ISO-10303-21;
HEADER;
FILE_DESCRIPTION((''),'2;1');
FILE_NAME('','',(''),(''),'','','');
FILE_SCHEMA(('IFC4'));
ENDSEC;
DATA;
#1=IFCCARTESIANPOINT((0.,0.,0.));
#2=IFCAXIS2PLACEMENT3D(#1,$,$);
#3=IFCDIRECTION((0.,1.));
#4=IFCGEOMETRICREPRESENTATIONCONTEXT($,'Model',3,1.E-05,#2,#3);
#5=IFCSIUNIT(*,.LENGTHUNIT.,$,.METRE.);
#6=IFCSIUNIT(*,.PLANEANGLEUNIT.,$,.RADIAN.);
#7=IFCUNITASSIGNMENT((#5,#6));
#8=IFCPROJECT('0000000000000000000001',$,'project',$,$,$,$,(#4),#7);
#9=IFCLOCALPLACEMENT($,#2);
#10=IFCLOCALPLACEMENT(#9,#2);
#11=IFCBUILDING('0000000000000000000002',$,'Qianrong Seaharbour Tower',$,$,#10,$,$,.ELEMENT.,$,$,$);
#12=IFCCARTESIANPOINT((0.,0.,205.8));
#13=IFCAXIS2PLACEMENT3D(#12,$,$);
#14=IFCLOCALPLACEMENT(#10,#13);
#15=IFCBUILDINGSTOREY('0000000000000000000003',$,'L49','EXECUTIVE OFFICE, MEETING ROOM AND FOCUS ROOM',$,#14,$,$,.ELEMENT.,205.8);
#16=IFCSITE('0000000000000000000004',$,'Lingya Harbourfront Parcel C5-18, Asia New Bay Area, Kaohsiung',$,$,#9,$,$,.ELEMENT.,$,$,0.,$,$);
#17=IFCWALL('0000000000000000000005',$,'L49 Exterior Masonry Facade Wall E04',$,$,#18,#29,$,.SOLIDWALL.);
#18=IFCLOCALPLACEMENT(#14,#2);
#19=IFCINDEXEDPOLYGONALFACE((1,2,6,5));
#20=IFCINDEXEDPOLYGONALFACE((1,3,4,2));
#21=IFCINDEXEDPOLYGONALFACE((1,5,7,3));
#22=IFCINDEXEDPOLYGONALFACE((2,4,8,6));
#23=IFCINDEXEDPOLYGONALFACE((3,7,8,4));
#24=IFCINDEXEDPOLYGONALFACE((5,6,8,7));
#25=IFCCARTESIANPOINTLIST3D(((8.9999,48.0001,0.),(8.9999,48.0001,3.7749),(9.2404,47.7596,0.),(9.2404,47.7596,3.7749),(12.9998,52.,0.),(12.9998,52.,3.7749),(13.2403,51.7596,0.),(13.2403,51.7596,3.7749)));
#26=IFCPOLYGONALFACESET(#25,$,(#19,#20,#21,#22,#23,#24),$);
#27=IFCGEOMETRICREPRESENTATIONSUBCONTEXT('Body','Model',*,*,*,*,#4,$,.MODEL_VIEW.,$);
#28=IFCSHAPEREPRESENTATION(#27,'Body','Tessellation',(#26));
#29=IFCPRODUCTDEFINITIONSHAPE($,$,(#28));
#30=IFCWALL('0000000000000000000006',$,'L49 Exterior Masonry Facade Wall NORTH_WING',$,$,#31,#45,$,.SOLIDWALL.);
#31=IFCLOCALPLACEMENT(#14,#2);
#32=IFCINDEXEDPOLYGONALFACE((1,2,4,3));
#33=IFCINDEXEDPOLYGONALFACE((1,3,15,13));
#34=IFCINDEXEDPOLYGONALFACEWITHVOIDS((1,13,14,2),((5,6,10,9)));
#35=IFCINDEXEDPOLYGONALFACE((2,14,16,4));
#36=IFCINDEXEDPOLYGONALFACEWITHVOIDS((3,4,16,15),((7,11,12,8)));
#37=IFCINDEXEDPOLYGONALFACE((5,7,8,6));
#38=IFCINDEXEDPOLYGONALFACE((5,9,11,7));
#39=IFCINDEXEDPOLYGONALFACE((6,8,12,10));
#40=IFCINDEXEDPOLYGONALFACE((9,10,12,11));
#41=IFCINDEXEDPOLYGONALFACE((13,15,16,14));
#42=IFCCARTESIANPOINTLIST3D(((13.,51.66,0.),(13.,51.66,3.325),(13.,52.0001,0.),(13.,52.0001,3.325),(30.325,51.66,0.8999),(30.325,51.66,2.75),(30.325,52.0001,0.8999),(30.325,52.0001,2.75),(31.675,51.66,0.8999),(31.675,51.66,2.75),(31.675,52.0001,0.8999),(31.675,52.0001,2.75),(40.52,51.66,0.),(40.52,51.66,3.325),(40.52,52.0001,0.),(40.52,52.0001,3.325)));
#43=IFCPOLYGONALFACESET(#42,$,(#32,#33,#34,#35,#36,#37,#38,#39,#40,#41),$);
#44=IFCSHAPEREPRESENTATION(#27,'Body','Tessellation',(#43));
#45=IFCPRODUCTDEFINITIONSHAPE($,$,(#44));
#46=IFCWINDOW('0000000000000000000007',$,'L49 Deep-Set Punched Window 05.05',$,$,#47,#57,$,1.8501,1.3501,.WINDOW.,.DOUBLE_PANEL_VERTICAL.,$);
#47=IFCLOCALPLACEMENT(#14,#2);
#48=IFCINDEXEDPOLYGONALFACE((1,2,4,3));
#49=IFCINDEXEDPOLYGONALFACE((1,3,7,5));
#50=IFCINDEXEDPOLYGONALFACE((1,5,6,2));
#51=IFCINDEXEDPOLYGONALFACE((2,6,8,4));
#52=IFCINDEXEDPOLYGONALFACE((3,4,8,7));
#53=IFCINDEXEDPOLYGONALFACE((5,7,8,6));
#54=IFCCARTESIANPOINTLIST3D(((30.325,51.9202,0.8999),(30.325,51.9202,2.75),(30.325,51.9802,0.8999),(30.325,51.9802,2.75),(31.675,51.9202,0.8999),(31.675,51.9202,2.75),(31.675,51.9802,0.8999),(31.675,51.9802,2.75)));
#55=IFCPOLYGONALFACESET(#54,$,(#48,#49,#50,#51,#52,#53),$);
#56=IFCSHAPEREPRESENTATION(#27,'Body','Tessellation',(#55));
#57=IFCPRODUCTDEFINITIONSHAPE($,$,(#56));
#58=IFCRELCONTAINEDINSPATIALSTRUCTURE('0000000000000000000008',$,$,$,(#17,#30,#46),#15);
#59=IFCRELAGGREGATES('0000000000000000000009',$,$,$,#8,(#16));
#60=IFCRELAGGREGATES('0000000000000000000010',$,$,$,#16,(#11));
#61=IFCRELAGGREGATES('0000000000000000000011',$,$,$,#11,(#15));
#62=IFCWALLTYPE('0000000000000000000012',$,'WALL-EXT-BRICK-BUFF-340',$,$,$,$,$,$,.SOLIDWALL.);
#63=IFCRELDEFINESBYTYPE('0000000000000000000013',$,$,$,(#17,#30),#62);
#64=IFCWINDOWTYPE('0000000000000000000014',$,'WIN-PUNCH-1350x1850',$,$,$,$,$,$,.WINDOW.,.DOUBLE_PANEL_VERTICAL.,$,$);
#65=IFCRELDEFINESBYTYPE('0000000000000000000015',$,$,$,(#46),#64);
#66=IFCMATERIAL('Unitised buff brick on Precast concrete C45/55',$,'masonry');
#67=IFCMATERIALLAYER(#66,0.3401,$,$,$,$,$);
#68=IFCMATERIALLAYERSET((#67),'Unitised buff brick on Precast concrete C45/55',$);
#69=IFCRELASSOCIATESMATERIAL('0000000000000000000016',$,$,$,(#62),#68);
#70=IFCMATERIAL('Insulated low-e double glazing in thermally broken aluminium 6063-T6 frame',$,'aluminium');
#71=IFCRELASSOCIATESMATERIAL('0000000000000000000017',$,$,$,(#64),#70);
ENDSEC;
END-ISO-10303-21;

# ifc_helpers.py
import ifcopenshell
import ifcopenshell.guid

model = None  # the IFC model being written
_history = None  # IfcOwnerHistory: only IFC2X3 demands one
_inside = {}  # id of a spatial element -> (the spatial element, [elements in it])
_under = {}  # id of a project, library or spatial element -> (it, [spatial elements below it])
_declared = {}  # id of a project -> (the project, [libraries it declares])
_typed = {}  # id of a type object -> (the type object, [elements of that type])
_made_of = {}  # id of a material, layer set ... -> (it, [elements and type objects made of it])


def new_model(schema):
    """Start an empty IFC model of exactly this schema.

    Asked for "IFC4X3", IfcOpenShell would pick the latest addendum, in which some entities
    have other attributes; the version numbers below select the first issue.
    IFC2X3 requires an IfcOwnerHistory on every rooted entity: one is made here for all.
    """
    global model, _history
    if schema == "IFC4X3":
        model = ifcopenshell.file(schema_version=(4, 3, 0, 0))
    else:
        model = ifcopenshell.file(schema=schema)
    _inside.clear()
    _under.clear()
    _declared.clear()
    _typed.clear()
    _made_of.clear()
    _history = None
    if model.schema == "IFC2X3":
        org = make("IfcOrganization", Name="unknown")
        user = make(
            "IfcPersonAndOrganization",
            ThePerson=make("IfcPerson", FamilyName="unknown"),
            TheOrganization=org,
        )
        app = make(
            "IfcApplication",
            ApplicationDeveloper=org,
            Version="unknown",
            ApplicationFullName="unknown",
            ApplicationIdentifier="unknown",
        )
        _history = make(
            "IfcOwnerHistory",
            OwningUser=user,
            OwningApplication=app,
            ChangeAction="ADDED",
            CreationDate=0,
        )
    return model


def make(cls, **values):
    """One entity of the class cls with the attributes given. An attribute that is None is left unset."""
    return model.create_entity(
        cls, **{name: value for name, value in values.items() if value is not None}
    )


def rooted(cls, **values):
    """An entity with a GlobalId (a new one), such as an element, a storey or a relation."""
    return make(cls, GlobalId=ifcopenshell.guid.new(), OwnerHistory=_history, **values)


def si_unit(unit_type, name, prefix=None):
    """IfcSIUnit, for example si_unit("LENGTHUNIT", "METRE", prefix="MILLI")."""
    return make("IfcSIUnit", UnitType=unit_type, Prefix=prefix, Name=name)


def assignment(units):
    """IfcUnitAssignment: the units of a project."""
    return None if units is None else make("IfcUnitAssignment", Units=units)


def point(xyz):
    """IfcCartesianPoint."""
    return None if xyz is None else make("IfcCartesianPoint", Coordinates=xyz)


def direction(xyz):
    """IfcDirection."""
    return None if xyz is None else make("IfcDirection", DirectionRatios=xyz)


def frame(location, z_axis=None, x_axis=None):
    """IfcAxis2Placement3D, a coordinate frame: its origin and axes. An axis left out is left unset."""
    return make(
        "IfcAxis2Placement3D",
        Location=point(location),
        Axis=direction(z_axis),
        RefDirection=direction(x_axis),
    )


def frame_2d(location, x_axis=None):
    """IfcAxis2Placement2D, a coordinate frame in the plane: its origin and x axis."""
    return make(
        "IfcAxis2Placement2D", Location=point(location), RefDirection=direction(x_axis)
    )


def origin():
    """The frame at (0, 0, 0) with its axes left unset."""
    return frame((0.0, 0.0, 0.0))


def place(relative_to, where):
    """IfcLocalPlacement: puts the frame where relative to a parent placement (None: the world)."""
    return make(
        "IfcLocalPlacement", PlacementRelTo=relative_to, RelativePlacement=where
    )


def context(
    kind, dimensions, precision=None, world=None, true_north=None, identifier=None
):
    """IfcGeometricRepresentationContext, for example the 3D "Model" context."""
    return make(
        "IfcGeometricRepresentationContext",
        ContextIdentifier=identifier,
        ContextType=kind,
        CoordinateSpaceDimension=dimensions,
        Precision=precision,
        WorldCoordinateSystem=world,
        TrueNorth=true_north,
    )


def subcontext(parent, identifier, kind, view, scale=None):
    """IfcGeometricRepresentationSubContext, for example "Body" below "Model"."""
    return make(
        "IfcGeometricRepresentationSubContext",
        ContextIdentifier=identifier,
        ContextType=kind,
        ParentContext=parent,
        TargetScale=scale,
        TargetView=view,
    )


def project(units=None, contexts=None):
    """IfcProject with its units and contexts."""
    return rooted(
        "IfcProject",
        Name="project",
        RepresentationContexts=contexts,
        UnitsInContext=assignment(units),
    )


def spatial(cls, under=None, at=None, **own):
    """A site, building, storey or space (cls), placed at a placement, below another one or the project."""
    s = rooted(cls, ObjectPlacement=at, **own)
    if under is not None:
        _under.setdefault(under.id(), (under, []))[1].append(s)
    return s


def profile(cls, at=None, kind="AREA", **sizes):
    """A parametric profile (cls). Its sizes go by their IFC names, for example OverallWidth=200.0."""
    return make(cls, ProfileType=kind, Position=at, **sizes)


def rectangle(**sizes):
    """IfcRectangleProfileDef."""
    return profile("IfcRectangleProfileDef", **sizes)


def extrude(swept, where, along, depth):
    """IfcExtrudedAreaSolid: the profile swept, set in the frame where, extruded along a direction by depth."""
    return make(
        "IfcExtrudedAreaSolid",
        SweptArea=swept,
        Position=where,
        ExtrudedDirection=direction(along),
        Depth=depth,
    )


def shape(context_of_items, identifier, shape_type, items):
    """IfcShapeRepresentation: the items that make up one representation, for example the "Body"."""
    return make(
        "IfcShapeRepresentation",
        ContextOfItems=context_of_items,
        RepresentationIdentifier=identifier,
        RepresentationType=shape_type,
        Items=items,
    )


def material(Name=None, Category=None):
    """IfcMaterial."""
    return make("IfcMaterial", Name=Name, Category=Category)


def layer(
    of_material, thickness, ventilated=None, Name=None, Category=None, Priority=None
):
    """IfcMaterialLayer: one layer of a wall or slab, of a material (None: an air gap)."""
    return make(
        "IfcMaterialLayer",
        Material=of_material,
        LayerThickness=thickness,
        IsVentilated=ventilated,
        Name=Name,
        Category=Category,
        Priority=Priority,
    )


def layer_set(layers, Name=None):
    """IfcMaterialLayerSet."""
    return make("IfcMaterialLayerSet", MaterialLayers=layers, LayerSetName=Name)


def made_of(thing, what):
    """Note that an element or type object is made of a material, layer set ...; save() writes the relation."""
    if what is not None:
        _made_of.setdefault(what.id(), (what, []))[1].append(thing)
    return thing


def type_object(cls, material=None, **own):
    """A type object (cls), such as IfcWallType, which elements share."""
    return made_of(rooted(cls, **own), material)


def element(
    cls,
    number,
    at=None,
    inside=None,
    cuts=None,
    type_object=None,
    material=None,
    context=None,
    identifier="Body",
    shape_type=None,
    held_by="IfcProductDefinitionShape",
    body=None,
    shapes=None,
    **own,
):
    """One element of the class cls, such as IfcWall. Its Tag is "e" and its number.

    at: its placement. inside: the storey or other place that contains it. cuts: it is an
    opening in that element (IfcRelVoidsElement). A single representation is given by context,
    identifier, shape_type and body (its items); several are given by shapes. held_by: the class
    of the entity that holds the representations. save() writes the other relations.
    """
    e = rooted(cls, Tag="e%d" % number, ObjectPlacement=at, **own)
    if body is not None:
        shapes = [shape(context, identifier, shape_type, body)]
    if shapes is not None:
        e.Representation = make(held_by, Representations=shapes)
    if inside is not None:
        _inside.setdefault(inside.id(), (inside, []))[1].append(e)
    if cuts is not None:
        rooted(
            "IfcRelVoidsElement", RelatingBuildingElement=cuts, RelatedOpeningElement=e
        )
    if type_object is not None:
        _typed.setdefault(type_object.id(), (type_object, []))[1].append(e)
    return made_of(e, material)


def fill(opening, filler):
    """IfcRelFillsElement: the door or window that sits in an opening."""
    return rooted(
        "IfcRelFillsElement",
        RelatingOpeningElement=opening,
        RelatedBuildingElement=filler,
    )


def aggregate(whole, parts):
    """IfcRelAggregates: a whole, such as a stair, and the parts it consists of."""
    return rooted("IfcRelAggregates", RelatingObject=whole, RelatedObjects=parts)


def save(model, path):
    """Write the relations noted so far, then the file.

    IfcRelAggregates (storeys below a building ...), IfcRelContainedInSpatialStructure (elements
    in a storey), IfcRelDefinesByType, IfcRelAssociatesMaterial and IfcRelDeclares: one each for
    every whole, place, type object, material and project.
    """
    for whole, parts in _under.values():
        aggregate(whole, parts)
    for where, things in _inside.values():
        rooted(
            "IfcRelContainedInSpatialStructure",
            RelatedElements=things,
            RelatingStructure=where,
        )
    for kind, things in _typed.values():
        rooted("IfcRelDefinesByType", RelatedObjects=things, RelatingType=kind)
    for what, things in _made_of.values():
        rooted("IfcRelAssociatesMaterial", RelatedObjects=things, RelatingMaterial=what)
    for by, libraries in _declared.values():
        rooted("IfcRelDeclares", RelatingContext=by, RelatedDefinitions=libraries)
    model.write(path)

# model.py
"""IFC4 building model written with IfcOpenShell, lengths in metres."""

from ifc_helpers import new_model, si_unit, direction, frame, frame_2d, origin, place, context, subcontext, project, spatial, rectangle, extrude, material, layer, layer_set, type_object, element, fill, save


model = new_model("IFC4")

# Units and contexts
model_context = context("Model", 3, precision=1e-05, world=origin(), true_north=direction((0.0, 1.0)))
body_context = subcontext(model_context, "Body", "Model", "MODEL_VIEW")
ifc_project = project(units=[si_unit("LENGTHUNIT", "METRE"), si_unit("PLANEANGLEUNIT", "RADIAN")], contexts=[model_context])

# Site, building, storey
site_placement = place(None, origin())
site = spatial("IfcSite", under=ifc_project, at=site_placement, Name="Lingya Harbourfront Parcel C5-18, Asia New Bay Area, Kaohsiung", CompositionType="ELEMENT", RefElevation=0.0)
building_placement = place(site_placement, origin())
building = spatial("IfcBuilding", under=site, at=building_placement, Name="Qianrong Seaharbour Tower", CompositionType="ELEMENT")
storey_placement = place(building_placement, frame((0.0, 0.0, 205.8)))
storey = spatial("IfcBuildingStorey", under=building, at=storey_placement, Name="L49", Description="EXECUTIVE OFFICE, MEETING ROOM AND FOCUS ROOM", CompositionType="ELEMENT", Elevation=205.8)

# Wall
ifc_material_1 = material(Name="Unitised buff brick on Precast concrete C45/55", Category="masonry")
ifc_layer_1 = layer(ifc_material_1, 0.3401)
ifc_layer_set_1 = layer_set([ifc_layer_1], Name="Unitised buff brick on Precast concrete C45/55")
wall_type_1 = type_object("IfcWallType", Name="WALL-EXT-BRICK-BUFF-340", PredefinedType="SOLIDWALL", material=ifc_layer_set_1)
wall_1_placement = place(storey_placement, frame((9.1201, 47.8799, 0.0), z_axis=(0.0, 0.0, 1.0), x_axis=(0.707107, 0.707107, 0.0)))
element("IfcWall", 1, at=wall_1_placement, inside=storey, type_object=wall_type_1, Name="L49 Exterior Masonry Facade Wall E04", PredefinedType="SOLIDWALL", context=body_context, shape_type="SweptSolid", body=[
    extrude(rectangle(XDim=5.6567, YDim=0.3401, at=frame_2d((2.8284, 0.0))), origin(), (0.0, 0.0, 1.0), 3.7749),
])

# Wall, opening, window
wall_2_placement = place(storey_placement, frame((13.0, 51.8301, 0.0), z_axis=(0.0, 0.0, 1.0), x_axis=(1.0, 0.0, 0.0)))
wall_2 = element("IfcWall", 2, at=wall_2_placement, inside=storey, type_object=wall_type_1, Name="L49 Exterior Masonry Facade Wall NORTH_WING", PredefinedType="SOLIDWALL", context=body_context, shape_type="SweptSolid", body=[
    extrude(rectangle(XDim=27.52, YDim=0.3401, at=frame_2d((13.76, 0.0))), origin(), (0.0, 0.0, 1.0), 3.325),
])
opening_1_placement = place(wall_2_placement, frame((17.325, 0.0, 0.8999)))
opening_1 = element("IfcOpeningElement", 3, at=opening_1_placement, cuts=wall_2, PredefinedType="OPENING", context=body_context, shape_type="SweptSolid", body=[
    extrude(rectangle(XDim=1.3501, YDim=1.8501, at=frame_2d((0.675, 0.925))), frame((0.0, 0.1802, 0.0), z_axis=(0.0, -1.0, 0.0), x_axis=(1.0, 0.0, 0.0)), (0.0, 0.0, 1.0), 0.3601),
])
ifc_material_2 = material(Name="Insulated low-e double glazing in thermally broken aluminium 6063-T6 frame", Category="aluminium")
window_type = type_object("IfcWindowType", Name="WIN-PUNCH-1350x1850", PartitioningType="DOUBLE_PANEL_VERTICAL", PredefinedType="WINDOW", material=ifc_material_2)
window_placement = place(opening_1_placement, origin())
window = element("IfcWindow", 4, at=window_placement, inside=storey, type_object=window_type, Name="L49 Deep-Set Punched Window 05.05", OverallHeight=1.8501, OverallWidth=1.3501, PartitioningType="DOUBLE_PANEL_VERTICAL", PredefinedType="WINDOW", context=body_context, shape_type="SweptSolid", body=[
    extrude(rectangle(XDim=1.3501, YDim=1.8501, at=frame_2d((0.675, 0.925))), frame((0.0, 0.1501, 0.0), z_axis=(0.0, -1.0, 0.0), x_axis=(1.0, 0.0, 0.0)), (0.0, 0.0, 1.0), 0.0601),
])
fill(opening_1, window)

save(model, "model.ifc")
